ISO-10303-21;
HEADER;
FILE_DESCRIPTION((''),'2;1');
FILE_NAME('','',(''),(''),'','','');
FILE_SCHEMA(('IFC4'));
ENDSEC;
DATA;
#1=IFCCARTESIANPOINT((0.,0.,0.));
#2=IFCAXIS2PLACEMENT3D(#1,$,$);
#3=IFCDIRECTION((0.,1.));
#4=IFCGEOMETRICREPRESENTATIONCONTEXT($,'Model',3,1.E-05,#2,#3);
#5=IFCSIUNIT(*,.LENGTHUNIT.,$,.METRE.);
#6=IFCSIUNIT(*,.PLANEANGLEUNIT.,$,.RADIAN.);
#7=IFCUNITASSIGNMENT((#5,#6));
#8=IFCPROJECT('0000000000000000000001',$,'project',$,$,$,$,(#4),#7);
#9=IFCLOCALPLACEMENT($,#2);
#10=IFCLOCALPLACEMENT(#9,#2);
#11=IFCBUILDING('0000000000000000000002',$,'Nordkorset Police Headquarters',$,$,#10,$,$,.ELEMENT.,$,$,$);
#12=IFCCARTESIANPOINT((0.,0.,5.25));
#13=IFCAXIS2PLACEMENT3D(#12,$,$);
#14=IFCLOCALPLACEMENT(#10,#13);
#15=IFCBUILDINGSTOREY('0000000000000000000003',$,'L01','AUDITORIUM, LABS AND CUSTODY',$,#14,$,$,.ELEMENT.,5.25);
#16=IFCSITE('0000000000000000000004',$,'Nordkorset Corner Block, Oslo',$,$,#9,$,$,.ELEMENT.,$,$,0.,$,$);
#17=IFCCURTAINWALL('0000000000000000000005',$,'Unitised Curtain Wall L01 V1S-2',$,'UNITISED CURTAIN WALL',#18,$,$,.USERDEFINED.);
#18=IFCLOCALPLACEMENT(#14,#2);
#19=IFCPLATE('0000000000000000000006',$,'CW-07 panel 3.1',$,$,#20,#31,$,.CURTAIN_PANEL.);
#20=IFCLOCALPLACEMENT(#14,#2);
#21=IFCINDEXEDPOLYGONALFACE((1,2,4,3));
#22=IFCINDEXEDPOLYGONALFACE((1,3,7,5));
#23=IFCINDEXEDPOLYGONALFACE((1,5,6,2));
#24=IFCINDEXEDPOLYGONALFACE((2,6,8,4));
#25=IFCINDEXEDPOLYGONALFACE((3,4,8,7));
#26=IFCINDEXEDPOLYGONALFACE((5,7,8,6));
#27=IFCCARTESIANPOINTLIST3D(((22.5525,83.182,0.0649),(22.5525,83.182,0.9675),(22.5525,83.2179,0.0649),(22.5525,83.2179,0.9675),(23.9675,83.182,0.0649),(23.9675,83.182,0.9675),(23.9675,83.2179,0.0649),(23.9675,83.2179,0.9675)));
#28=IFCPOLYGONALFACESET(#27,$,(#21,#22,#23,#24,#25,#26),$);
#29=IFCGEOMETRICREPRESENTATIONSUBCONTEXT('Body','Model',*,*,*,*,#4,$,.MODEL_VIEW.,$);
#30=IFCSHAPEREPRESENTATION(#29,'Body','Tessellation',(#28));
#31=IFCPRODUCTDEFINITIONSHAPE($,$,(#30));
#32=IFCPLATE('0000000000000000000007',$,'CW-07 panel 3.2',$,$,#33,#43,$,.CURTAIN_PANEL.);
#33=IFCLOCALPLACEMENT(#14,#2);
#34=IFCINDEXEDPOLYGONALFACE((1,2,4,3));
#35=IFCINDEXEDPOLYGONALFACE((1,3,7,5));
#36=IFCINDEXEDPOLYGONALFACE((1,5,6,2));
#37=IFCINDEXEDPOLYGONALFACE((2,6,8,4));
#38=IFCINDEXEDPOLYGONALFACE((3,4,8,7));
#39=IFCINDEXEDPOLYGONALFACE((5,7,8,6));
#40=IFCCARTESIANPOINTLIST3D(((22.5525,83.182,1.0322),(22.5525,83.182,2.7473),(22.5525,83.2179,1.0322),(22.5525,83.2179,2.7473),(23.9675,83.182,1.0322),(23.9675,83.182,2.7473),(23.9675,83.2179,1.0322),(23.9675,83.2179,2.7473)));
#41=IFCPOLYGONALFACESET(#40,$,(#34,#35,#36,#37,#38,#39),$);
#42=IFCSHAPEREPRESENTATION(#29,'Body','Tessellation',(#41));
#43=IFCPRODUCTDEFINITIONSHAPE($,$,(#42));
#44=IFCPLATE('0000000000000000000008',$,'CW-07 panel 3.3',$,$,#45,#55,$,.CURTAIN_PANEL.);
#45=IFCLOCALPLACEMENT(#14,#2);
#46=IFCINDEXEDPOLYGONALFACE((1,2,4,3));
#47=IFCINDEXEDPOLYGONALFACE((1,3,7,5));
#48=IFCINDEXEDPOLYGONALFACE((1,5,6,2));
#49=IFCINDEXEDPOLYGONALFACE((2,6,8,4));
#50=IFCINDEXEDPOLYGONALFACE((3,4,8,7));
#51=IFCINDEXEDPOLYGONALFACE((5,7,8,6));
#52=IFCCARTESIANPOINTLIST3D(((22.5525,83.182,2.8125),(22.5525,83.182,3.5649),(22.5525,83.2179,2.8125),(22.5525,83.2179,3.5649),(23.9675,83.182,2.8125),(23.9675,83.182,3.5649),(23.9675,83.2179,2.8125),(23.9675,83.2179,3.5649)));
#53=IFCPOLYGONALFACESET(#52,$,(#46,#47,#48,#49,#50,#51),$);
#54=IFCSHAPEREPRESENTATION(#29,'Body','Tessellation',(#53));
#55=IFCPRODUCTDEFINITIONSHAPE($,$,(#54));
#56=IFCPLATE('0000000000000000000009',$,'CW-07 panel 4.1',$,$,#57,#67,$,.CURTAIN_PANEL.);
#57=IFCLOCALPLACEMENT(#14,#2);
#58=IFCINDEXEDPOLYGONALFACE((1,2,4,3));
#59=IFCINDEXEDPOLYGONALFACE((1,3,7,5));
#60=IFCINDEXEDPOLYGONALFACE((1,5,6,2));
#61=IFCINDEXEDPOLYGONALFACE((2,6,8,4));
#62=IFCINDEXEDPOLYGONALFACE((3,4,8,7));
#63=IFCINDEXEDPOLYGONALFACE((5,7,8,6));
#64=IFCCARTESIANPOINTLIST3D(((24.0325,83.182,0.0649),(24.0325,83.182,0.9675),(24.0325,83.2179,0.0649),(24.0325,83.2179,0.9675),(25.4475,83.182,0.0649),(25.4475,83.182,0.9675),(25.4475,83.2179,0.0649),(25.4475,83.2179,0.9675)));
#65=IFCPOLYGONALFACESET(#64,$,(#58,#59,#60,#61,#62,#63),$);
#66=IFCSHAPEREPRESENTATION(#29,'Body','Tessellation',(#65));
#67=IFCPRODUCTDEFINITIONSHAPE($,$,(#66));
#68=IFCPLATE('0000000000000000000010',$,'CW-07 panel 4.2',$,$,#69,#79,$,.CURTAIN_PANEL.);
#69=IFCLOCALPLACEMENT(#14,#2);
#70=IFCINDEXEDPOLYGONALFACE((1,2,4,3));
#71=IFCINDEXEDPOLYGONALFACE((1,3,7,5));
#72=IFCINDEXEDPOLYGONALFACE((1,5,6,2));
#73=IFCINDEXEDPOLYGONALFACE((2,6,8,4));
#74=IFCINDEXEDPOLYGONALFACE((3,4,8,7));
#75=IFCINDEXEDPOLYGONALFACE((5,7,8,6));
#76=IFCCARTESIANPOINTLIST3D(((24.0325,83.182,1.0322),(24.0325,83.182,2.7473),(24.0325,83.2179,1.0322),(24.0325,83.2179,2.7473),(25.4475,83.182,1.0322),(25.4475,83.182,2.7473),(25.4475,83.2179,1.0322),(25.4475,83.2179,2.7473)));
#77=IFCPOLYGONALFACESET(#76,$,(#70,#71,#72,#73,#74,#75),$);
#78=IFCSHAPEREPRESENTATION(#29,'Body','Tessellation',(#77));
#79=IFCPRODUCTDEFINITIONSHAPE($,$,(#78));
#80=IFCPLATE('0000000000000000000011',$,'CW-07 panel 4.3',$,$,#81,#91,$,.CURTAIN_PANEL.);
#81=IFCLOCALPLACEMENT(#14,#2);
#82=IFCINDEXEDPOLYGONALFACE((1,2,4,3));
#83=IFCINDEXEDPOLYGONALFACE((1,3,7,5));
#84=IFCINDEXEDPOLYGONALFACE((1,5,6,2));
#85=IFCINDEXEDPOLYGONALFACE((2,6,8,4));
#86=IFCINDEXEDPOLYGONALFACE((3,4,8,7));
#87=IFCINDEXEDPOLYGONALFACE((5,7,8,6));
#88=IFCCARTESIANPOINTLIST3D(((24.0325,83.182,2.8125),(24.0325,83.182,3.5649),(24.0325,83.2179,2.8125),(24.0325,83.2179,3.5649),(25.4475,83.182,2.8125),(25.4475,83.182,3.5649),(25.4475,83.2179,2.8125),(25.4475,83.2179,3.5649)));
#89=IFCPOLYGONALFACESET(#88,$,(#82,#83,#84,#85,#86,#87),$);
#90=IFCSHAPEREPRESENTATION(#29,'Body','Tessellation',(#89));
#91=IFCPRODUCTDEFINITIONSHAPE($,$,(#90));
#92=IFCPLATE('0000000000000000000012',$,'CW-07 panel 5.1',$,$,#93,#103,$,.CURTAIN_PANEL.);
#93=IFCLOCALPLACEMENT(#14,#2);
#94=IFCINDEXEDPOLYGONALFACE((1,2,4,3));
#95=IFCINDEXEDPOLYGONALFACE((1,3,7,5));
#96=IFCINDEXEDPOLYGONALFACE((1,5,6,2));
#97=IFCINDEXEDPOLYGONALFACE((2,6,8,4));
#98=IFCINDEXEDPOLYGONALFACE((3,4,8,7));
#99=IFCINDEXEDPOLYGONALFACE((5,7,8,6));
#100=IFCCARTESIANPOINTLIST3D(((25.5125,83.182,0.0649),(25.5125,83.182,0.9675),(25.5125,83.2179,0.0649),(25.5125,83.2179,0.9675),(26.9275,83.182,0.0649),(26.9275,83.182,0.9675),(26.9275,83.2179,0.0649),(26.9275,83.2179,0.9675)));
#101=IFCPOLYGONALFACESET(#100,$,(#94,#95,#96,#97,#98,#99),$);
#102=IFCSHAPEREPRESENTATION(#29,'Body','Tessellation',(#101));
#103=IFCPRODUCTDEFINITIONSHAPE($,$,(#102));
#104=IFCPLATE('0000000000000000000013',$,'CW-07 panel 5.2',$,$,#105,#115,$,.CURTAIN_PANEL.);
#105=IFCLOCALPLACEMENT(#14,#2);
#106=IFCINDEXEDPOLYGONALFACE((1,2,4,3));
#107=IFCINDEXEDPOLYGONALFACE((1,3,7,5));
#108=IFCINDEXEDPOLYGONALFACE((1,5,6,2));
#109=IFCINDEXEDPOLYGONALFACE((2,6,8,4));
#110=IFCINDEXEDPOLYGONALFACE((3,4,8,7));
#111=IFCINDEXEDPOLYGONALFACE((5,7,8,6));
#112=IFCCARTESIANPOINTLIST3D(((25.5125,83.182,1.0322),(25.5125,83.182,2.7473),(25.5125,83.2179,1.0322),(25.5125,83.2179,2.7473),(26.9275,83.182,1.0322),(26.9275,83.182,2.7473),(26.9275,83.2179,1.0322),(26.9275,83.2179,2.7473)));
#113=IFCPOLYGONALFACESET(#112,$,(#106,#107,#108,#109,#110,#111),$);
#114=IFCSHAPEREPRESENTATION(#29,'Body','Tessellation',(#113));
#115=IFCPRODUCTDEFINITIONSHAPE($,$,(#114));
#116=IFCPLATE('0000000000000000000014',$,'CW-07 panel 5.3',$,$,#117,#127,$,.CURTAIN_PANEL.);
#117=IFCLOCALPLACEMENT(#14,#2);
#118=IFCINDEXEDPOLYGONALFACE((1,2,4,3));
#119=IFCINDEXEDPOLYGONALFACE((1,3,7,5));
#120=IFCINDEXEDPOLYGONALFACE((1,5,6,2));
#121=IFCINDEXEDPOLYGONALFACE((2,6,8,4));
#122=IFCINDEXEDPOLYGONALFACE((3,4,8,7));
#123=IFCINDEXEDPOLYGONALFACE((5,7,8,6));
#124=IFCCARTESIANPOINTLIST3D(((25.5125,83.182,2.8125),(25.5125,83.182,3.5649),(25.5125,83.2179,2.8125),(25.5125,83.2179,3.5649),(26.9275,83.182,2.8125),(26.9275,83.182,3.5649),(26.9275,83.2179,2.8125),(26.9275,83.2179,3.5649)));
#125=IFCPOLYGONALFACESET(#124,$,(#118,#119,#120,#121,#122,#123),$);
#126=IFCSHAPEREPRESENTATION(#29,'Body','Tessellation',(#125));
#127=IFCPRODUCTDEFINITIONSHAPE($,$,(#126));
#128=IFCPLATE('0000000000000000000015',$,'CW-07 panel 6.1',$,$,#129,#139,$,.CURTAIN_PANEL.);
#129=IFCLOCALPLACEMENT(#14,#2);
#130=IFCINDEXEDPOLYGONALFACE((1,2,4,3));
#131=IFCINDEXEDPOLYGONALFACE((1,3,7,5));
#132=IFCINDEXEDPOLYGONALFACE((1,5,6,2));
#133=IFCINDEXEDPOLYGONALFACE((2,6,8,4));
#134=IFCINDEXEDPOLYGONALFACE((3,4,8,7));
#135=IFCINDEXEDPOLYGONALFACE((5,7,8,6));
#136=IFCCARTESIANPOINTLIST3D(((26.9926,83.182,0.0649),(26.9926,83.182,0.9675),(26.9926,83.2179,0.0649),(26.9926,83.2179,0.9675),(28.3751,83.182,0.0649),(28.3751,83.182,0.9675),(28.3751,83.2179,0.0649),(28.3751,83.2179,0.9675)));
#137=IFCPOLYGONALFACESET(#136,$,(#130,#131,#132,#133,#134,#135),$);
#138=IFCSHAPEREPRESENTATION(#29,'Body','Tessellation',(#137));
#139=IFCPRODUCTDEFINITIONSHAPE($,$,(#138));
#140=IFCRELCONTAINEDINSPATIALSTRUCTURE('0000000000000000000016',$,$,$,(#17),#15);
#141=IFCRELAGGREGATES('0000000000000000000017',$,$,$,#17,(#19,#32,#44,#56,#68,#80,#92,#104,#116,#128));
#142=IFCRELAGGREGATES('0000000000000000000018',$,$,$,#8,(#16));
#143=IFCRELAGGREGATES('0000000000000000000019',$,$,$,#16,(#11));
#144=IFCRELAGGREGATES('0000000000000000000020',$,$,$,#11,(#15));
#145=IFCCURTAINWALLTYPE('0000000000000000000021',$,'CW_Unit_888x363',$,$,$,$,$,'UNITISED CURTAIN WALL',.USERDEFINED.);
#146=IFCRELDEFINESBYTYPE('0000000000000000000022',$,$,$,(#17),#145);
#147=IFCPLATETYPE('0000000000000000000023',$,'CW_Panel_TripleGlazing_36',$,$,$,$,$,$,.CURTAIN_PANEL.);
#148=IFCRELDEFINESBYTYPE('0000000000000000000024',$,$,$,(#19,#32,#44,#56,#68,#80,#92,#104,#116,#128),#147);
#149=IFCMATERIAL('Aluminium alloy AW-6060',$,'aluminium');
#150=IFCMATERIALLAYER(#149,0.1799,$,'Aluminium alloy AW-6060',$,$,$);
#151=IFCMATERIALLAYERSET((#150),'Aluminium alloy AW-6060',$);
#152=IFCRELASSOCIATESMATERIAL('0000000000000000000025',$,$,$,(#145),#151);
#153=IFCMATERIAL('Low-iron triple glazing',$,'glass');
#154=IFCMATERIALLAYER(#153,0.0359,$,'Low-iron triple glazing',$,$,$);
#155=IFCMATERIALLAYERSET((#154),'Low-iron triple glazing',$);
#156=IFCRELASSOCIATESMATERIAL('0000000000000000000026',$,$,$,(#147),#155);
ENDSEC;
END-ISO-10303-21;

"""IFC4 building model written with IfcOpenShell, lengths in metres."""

from ifc_helpers import new_model, si_unit, direction, frame, origin, origin_2d, place, context, subcontext, project, spatial, rectangle, extrude, material, layer, layer_set, type_object, element, aggregate, save


model = new_model("IFC4")

# Units and contexts
model_context = context("Model", 3, precision=1e-05, world=origin(), true_north=direction((0.0, 1.0)))
body_context = subcontext(model_context, "Body", "Model", "MODEL_VIEW")
ifc_project = project(units=[si_unit("LENGTHUNIT", "METRE"), si_unit("PLANEANGLEUNIT", "RADIAN")], contexts=[model_context])

# Site, building, storey
site_placement = place(None, origin())
site = spatial("IfcSite", under=ifc_project, at=site_placement, Name="Nordkorset Corner Block, Oslo", CompositionType="ELEMENT", RefElevation=0.0)
building_placement = place(site_placement, origin())
building = spatial("IfcBuilding", under=site, at=building_placement, Name="Nordkorset Police Headquarters", CompositionType="ELEMENT")
storey_placement = place(building_placement, frame((0.0, 0.0, 5.25)))
storey = spatial("IfcBuildingStorey", under=building, at=storey_placement, Name="L01", Description="AUDITORIUM, LABS AND CUSTODY", CompositionType="ELEMENT", Elevation=5.25)

# Curtain wall, plates
ifc_material_1 = material(Name="Aluminium alloy AW-6060", Category="aluminium")
ifc_layer_1 = layer(ifc_material_1, 0.1799, Name="Aluminium alloy AW-6060")
ifc_layer_set_1 = layer_set([ifc_layer_1], Name="Aluminium alloy AW-6060")
curtain_wall_type = type_object("IfcCurtainWallType", Name="CW_Unit_888x363", ElementType="UNITISED CURTAIN WALL", PredefinedType="USERDEFINED", material=ifc_layer_set_1)
curtain_wall_placement = place(storey_placement, origin())
curtain_wall = element("IfcCurtainWall", 1, at=curtain_wall_placement, inside=storey, type_object=curtain_wall_type, Name="Unitised Curtain Wall L01 V1S-2", ObjectType="UNITISED CURTAIN WALL", PredefinedType="USERDEFINED")
ifc_material_2 = material(Name="Low-iron triple glazing", Category="glass")
ifc_layer_2 = layer(ifc_material_2, 0.0359, Name="Low-iron triple glazing")
ifc_layer_set_2 = layer_set([ifc_layer_2], Name="Low-iron triple glazing")
plate_type = type_object("IfcPlateType", Name="CW_Panel_TripleGlazing_36", PredefinedType="CURTAIN_PANEL", material=ifc_layer_set_2)
plate_1_placement = place(storey_placement, frame((23.26, 83.2, 0.0649), z_axis=(0.0, 0.0, 1.0), x_axis=(1.0, 0.0, 0.0)))
plate_1 = element("IfcPlate", 2, at=plate_1_placement, type_object=plate_type, Name="CW-07 panel 3.1", PredefinedType="CURTAIN_PANEL", context=body_context, shape_type="SweptSolid", body=[
    extrude(rectangle(XDim=1.415, YDim=0.0359, at=origin_2d()), origin(), (0.0, 0.0, 1.0), 0.9026),
])
plate_2_placement = place(storey_placement, frame((23.26, 83.2, 1.0322), z_axis=(0.0, 0.0, 1.0), x_axis=(1.0, 0.0, 0.0)))
plate_2 = element("IfcPlate", 3, at=plate_2_placement, type_object=plate_type, Name="CW-07 panel 3.2", PredefinedType="CURTAIN_PANEL", context=body_context, shape_type="SweptSolid", body=[
    extrude(rectangle(XDim=1.415, YDim=0.0359, at=origin_2d()), origin(), (0.0, 0.0, 1.0), 1.7151),
])
plate_3_placement = place(storey_placement, frame((23.26, 83.2, 2.8125), z_axis=(0.0, 0.0, 1.0), x_axis=(1.0, 0.0, 0.0)))
plate_3 = element("IfcPlate", 4, at=plate_3_placement, type_object=plate_type, Name="CW-07 panel 3.3", PredefinedType="CURTAIN_PANEL", context=body_context, shape_type="SweptSolid", body=[
    extrude(rectangle(XDim=1.415, YDim=0.0359, at=origin_2d()), origin(), (0.0, 0.0, 1.0), 0.7524),
])
plate_4_placement = place(storey_placement, frame((24.74, 83.2, 0.0649), z_axis=(0.0, 0.0, 1.0), x_axis=(1.0, 0.0, 0.0)))
plate_4 = element("IfcPlate", 5, at=plate_4_placement, type_object=plate_type, Name="CW-07 panel 4.1", PredefinedType="CURTAIN_PANEL", context=body_context, shape_type="SweptSolid", body=[
    extrude(rectangle(XDim=1.415, YDim=0.0359, at=origin_2d()), origin(), (0.0, 0.0, 1.0), 0.9026),
])
plate_5_placement = place(storey_placement, frame((24.74, 83.2, 1.0322), z_axis=(0.0, 0.0, 1.0), x_axis=(1.0, 0.0, 0.0)))
plate_5 = element("IfcPlate", 6, at=plate_5_placement, type_object=plate_type, Name="CW-07 panel 4.2", PredefinedType="CURTAIN_PANEL", context=body_context, shape_type="SweptSolid", body=[
    extrude(rectangle(XDim=1.415, YDim=0.0359, at=origin_2d()), origin(), (0.0, 0.0, 1.0), 1.7151),
])
plate_6_placement = place(storey_placement, frame((24.74, 83.2, 2.8125), z_axis=(0.0, 0.0, 1.0), x_axis=(1.0, 0.0, 0.0)))
plate_6 = element("IfcPlate", 7, at=plate_6_placement, type_object=plate_type, Name="CW-07 panel 4.3", PredefinedType="CURTAIN_PANEL", context=body_context, shape_type="SweptSolid", body=[
    extrude(rectangle(XDim=1.415, YDim=0.0359, at=origin_2d()), origin(), (0.0, 0.0, 1.0), 0.7524),
])
plate_7_placement = place(storey_placement, frame((26.22, 83.2, 0.0649), z_axis=(0.0, 0.0, 1.0), x_axis=(1.0, 0.0, 0.0)))
plate_7 = element("IfcPlate", 8, at=plate_7_placement, type_object=plate_type, Name="CW-07 panel 5.1", PredefinedType="CURTAIN_PANEL", context=body_context, shape_type="SweptSolid", body=[
    extrude(rectangle(XDim=1.415, YDim=0.0359, at=origin_2d()), origin(), (0.0, 0.0, 1.0), 0.9026),
])
plate_8_placement = place(storey_placement, frame((26.22, 83.2, 1.0322), z_axis=(0.0, 0.0, 1.0), x_axis=(1.0, 0.0, 0.0)))
plate_8 = element("IfcPlate", 9, at=plate_8_placement, type_object=plate_type, Name="CW-07 panel 5.2", PredefinedType="CURTAIN_PANEL", context=body_context, shape_type="SweptSolid", body=[
    extrude(rectangle(XDim=1.415, YDim=0.0359, at=origin_2d()), origin(), (0.0, 0.0, 1.0), 1.7151),
])
plate_9_placement = place(storey_placement, frame((26.22, 83.2, 2.8125), z_axis=(0.0, 0.0, 1.0), x_axis=(1.0, 0.0, 0.0)))
plate_9 = element("IfcPlate", 10, at=plate_9_placement, type_object=plate_type, Name="CW-07 panel 5.3", PredefinedType="CURTAIN_PANEL", context=body_context, shape_type="SweptSolid", body=[
    extrude(rectangle(XDim=1.415, YDim=0.0359, at=origin_2d()), origin(), (0.0, 0.0, 1.0), 0.7524),
])
plate_10_placement = place(storey_placement, frame((27.6838, 83.2, 0.0649), z_axis=(0.0, 0.0, 1.0), x_axis=(1.0, 0.0, 0.0)))
plate_10 = element("IfcPlate", 11, at=plate_10_placement, type_object=plate_type, Name="CW-07 panel 6.1", PredefinedType="CURTAIN_PANEL", context=body_context, shape_type="SweptSolid", body=[
    extrude(rectangle(XDim=1.3826, YDim=0.0359, at=origin_2d()), origin(), (0.0, 0.0, 1.0), 0.9026),
])
aggregate(curtain_wall, [plate_1, plate_2, plate_3, plate_4, plate_5, plate_6, plate_7, plate_8, plate_9, plate_10])

save(model, "model.ifc")
